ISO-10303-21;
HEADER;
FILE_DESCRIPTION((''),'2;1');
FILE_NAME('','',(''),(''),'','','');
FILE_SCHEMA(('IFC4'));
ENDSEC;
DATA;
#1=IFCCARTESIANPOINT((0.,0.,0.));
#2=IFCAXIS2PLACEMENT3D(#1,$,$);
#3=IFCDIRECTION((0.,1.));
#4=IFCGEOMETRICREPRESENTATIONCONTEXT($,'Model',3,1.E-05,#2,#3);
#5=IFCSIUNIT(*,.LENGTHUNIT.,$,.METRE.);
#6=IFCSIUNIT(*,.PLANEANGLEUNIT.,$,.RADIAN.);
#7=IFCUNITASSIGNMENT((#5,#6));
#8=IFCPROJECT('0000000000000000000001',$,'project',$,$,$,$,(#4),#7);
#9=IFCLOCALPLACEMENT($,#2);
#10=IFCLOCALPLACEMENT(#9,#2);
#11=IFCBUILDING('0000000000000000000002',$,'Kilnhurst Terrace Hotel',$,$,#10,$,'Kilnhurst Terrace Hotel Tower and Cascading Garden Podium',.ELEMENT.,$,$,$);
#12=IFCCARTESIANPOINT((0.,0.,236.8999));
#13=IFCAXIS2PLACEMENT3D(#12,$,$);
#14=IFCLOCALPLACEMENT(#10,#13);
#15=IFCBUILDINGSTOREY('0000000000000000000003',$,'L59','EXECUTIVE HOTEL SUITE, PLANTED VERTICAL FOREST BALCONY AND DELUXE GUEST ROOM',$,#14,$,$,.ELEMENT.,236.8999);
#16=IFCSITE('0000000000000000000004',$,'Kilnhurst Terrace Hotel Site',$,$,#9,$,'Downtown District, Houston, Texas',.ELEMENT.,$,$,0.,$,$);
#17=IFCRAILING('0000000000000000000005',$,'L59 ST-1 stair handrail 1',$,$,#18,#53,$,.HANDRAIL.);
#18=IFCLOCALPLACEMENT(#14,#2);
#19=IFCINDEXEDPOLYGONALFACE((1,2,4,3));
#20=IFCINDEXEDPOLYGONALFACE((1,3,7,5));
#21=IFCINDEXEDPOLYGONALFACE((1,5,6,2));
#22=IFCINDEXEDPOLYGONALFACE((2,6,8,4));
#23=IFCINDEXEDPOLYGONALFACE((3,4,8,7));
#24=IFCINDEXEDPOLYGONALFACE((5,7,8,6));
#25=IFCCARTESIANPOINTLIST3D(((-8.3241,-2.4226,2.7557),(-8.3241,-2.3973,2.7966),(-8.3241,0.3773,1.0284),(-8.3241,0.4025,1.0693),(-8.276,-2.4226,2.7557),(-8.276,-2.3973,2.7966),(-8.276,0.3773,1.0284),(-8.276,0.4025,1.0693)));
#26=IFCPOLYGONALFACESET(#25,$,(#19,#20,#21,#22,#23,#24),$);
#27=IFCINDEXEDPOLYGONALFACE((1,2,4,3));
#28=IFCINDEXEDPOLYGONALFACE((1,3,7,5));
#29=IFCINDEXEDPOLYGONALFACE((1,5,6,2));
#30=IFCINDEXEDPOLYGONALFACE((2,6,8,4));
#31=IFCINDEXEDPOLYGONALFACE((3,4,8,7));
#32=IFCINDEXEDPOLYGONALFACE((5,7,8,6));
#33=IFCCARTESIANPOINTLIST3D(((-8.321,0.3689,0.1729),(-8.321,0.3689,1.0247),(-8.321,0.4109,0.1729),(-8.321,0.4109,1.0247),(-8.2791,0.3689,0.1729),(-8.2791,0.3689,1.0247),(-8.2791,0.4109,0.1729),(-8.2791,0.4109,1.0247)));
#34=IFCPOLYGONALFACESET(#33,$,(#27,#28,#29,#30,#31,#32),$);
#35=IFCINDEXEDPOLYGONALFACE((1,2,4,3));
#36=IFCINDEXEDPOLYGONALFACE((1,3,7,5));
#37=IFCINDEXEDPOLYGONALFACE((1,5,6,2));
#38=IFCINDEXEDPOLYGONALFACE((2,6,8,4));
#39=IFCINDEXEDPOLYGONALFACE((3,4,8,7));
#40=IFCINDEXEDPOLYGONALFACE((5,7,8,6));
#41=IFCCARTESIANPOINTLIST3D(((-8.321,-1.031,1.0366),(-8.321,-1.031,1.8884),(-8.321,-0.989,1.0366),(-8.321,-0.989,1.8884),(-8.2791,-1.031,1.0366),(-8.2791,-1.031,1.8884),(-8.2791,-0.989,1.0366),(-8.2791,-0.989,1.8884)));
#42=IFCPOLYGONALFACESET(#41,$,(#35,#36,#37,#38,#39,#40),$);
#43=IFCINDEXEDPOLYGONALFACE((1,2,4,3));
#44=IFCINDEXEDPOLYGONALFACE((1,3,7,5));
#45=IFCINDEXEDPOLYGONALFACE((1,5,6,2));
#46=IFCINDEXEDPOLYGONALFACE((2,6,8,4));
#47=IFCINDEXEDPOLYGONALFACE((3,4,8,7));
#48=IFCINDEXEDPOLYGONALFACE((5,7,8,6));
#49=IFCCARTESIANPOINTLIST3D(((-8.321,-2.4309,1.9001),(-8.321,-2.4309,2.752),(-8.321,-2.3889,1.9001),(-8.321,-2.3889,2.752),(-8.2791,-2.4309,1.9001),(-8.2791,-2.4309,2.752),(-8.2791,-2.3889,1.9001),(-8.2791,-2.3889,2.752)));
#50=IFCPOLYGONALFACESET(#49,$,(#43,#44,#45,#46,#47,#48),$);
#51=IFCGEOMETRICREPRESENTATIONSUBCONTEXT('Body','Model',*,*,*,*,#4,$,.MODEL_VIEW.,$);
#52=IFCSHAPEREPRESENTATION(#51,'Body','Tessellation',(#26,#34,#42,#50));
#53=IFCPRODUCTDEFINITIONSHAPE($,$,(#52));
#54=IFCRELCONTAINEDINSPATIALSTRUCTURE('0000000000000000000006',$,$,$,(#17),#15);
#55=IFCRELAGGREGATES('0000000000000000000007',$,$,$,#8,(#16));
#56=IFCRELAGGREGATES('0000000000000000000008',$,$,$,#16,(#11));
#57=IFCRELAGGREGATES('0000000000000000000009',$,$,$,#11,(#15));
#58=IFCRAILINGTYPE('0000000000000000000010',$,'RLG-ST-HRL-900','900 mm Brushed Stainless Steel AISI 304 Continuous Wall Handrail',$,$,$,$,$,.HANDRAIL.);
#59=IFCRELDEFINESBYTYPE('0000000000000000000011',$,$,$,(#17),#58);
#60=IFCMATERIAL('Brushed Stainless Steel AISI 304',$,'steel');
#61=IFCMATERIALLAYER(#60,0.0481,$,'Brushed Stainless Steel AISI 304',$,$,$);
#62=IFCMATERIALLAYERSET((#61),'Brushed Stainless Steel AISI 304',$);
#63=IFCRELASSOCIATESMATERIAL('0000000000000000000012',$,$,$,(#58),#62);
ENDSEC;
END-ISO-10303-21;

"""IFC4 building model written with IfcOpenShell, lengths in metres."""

from ifc_helpers import new_model, si_unit, direction, frame, origin, origin_2d, place, context, subcontext, project, spatial, rectangle, extrude, material, layer, layer_set, type_object, element, save


model = new_model("IFC4")

# Units and contexts
model_context = context("Model", 3, precision=1e-05, world=origin(), true_north=direction((0.0, 1.0)))
body_context = subcontext(model_context, "Body", "Model", "MODEL_VIEW")
ifc_project = project(units=[si_unit("LENGTHUNIT", "METRE"), si_unit("PLANEANGLEUNIT", "RADIAN")], contexts=[model_context])

# Site, building, storey
site_placement = place(None, origin())
site = spatial("IfcSite", under=ifc_project, at=site_placement, Name="Kilnhurst Terrace Hotel Site", LongName="Downtown District, Houston, Texas", CompositionType="ELEMENT", RefElevation=0.0)
building_placement = place(site_placement, origin())
building = spatial("IfcBuilding", under=site, at=building_placement, Name="Kilnhurst Terrace Hotel", LongName="Kilnhurst Terrace Hotel Tower and Cascading Garden Podium", CompositionType="ELEMENT")
storey_placement = place(building_placement, frame((0.0, 0.0, 236.8999)))
storey = spatial("IfcBuildingStorey", under=building, at=storey_placement, Name="L59", Description="EXECUTIVE HOTEL SUITE, PLANTED VERTICAL FOREST BALCONY AND DELUXE GUEST ROOM", CompositionType="ELEMENT", Elevation=236.8999)

# Railing
ifc_material_1 = material(Name="Brushed Stainless Steel AISI 304", Category="steel")
ifc_layer_1 = layer(ifc_material_1, 0.0481, Name="Brushed Stainless Steel AISI 304")
ifc_layer_set_1 = layer_set([ifc_layer_1], Name="Brushed Stainless Steel AISI 304")
railing_type_1 = type_object("IfcRailingType", Name="RLG-ST-HRL-900", Description="900 mm Brushed Stainless Steel AISI 304 Continuous Wall Handrail", PredefinedType="HANDRAIL", material=ifc_layer_set_1)
railing_1_placement = place(storey_placement, frame((-8.3, 0.3899, 0.1729)))
element("IfcRailing", 1, at=railing_1_placement, inside=storey, type_object=railing_type_1, Name="L59 ST-1 stair handrail 1", PredefinedType="HANDRAIL", context=body_context, shape_type="SweptSolid", body=[
    extrude(rectangle(XDim=0.0481, YDim=0.0481, at=origin_2d()), frame((0.0, 0.0, 0.876), z_axis=(0.0, -0.851069, 0.525054), x_axis=(1.0, 0.0, 0.0)), (0.0, 0.0, 1.0), 3.2898),
    extrude(rectangle(XDim=0.042, YDim=0.042, at=origin_2d()), origin(), (0.0, 0.0, 1.0), 0.8518),
    extrude(rectangle(XDim=0.042, YDim=0.042, at=origin_2d()), frame((0.0, -1.3999, 0.8638)), (0.0, 0.0, 1.0), 0.8518),
    extrude(rectangle(XDim=0.042, YDim=0.042, at=origin_2d()), frame((0.0, -2.7998, 1.7273)), (0.0, 0.0, 1.0), 0.8518),
])

save(model, "model.ifc")
